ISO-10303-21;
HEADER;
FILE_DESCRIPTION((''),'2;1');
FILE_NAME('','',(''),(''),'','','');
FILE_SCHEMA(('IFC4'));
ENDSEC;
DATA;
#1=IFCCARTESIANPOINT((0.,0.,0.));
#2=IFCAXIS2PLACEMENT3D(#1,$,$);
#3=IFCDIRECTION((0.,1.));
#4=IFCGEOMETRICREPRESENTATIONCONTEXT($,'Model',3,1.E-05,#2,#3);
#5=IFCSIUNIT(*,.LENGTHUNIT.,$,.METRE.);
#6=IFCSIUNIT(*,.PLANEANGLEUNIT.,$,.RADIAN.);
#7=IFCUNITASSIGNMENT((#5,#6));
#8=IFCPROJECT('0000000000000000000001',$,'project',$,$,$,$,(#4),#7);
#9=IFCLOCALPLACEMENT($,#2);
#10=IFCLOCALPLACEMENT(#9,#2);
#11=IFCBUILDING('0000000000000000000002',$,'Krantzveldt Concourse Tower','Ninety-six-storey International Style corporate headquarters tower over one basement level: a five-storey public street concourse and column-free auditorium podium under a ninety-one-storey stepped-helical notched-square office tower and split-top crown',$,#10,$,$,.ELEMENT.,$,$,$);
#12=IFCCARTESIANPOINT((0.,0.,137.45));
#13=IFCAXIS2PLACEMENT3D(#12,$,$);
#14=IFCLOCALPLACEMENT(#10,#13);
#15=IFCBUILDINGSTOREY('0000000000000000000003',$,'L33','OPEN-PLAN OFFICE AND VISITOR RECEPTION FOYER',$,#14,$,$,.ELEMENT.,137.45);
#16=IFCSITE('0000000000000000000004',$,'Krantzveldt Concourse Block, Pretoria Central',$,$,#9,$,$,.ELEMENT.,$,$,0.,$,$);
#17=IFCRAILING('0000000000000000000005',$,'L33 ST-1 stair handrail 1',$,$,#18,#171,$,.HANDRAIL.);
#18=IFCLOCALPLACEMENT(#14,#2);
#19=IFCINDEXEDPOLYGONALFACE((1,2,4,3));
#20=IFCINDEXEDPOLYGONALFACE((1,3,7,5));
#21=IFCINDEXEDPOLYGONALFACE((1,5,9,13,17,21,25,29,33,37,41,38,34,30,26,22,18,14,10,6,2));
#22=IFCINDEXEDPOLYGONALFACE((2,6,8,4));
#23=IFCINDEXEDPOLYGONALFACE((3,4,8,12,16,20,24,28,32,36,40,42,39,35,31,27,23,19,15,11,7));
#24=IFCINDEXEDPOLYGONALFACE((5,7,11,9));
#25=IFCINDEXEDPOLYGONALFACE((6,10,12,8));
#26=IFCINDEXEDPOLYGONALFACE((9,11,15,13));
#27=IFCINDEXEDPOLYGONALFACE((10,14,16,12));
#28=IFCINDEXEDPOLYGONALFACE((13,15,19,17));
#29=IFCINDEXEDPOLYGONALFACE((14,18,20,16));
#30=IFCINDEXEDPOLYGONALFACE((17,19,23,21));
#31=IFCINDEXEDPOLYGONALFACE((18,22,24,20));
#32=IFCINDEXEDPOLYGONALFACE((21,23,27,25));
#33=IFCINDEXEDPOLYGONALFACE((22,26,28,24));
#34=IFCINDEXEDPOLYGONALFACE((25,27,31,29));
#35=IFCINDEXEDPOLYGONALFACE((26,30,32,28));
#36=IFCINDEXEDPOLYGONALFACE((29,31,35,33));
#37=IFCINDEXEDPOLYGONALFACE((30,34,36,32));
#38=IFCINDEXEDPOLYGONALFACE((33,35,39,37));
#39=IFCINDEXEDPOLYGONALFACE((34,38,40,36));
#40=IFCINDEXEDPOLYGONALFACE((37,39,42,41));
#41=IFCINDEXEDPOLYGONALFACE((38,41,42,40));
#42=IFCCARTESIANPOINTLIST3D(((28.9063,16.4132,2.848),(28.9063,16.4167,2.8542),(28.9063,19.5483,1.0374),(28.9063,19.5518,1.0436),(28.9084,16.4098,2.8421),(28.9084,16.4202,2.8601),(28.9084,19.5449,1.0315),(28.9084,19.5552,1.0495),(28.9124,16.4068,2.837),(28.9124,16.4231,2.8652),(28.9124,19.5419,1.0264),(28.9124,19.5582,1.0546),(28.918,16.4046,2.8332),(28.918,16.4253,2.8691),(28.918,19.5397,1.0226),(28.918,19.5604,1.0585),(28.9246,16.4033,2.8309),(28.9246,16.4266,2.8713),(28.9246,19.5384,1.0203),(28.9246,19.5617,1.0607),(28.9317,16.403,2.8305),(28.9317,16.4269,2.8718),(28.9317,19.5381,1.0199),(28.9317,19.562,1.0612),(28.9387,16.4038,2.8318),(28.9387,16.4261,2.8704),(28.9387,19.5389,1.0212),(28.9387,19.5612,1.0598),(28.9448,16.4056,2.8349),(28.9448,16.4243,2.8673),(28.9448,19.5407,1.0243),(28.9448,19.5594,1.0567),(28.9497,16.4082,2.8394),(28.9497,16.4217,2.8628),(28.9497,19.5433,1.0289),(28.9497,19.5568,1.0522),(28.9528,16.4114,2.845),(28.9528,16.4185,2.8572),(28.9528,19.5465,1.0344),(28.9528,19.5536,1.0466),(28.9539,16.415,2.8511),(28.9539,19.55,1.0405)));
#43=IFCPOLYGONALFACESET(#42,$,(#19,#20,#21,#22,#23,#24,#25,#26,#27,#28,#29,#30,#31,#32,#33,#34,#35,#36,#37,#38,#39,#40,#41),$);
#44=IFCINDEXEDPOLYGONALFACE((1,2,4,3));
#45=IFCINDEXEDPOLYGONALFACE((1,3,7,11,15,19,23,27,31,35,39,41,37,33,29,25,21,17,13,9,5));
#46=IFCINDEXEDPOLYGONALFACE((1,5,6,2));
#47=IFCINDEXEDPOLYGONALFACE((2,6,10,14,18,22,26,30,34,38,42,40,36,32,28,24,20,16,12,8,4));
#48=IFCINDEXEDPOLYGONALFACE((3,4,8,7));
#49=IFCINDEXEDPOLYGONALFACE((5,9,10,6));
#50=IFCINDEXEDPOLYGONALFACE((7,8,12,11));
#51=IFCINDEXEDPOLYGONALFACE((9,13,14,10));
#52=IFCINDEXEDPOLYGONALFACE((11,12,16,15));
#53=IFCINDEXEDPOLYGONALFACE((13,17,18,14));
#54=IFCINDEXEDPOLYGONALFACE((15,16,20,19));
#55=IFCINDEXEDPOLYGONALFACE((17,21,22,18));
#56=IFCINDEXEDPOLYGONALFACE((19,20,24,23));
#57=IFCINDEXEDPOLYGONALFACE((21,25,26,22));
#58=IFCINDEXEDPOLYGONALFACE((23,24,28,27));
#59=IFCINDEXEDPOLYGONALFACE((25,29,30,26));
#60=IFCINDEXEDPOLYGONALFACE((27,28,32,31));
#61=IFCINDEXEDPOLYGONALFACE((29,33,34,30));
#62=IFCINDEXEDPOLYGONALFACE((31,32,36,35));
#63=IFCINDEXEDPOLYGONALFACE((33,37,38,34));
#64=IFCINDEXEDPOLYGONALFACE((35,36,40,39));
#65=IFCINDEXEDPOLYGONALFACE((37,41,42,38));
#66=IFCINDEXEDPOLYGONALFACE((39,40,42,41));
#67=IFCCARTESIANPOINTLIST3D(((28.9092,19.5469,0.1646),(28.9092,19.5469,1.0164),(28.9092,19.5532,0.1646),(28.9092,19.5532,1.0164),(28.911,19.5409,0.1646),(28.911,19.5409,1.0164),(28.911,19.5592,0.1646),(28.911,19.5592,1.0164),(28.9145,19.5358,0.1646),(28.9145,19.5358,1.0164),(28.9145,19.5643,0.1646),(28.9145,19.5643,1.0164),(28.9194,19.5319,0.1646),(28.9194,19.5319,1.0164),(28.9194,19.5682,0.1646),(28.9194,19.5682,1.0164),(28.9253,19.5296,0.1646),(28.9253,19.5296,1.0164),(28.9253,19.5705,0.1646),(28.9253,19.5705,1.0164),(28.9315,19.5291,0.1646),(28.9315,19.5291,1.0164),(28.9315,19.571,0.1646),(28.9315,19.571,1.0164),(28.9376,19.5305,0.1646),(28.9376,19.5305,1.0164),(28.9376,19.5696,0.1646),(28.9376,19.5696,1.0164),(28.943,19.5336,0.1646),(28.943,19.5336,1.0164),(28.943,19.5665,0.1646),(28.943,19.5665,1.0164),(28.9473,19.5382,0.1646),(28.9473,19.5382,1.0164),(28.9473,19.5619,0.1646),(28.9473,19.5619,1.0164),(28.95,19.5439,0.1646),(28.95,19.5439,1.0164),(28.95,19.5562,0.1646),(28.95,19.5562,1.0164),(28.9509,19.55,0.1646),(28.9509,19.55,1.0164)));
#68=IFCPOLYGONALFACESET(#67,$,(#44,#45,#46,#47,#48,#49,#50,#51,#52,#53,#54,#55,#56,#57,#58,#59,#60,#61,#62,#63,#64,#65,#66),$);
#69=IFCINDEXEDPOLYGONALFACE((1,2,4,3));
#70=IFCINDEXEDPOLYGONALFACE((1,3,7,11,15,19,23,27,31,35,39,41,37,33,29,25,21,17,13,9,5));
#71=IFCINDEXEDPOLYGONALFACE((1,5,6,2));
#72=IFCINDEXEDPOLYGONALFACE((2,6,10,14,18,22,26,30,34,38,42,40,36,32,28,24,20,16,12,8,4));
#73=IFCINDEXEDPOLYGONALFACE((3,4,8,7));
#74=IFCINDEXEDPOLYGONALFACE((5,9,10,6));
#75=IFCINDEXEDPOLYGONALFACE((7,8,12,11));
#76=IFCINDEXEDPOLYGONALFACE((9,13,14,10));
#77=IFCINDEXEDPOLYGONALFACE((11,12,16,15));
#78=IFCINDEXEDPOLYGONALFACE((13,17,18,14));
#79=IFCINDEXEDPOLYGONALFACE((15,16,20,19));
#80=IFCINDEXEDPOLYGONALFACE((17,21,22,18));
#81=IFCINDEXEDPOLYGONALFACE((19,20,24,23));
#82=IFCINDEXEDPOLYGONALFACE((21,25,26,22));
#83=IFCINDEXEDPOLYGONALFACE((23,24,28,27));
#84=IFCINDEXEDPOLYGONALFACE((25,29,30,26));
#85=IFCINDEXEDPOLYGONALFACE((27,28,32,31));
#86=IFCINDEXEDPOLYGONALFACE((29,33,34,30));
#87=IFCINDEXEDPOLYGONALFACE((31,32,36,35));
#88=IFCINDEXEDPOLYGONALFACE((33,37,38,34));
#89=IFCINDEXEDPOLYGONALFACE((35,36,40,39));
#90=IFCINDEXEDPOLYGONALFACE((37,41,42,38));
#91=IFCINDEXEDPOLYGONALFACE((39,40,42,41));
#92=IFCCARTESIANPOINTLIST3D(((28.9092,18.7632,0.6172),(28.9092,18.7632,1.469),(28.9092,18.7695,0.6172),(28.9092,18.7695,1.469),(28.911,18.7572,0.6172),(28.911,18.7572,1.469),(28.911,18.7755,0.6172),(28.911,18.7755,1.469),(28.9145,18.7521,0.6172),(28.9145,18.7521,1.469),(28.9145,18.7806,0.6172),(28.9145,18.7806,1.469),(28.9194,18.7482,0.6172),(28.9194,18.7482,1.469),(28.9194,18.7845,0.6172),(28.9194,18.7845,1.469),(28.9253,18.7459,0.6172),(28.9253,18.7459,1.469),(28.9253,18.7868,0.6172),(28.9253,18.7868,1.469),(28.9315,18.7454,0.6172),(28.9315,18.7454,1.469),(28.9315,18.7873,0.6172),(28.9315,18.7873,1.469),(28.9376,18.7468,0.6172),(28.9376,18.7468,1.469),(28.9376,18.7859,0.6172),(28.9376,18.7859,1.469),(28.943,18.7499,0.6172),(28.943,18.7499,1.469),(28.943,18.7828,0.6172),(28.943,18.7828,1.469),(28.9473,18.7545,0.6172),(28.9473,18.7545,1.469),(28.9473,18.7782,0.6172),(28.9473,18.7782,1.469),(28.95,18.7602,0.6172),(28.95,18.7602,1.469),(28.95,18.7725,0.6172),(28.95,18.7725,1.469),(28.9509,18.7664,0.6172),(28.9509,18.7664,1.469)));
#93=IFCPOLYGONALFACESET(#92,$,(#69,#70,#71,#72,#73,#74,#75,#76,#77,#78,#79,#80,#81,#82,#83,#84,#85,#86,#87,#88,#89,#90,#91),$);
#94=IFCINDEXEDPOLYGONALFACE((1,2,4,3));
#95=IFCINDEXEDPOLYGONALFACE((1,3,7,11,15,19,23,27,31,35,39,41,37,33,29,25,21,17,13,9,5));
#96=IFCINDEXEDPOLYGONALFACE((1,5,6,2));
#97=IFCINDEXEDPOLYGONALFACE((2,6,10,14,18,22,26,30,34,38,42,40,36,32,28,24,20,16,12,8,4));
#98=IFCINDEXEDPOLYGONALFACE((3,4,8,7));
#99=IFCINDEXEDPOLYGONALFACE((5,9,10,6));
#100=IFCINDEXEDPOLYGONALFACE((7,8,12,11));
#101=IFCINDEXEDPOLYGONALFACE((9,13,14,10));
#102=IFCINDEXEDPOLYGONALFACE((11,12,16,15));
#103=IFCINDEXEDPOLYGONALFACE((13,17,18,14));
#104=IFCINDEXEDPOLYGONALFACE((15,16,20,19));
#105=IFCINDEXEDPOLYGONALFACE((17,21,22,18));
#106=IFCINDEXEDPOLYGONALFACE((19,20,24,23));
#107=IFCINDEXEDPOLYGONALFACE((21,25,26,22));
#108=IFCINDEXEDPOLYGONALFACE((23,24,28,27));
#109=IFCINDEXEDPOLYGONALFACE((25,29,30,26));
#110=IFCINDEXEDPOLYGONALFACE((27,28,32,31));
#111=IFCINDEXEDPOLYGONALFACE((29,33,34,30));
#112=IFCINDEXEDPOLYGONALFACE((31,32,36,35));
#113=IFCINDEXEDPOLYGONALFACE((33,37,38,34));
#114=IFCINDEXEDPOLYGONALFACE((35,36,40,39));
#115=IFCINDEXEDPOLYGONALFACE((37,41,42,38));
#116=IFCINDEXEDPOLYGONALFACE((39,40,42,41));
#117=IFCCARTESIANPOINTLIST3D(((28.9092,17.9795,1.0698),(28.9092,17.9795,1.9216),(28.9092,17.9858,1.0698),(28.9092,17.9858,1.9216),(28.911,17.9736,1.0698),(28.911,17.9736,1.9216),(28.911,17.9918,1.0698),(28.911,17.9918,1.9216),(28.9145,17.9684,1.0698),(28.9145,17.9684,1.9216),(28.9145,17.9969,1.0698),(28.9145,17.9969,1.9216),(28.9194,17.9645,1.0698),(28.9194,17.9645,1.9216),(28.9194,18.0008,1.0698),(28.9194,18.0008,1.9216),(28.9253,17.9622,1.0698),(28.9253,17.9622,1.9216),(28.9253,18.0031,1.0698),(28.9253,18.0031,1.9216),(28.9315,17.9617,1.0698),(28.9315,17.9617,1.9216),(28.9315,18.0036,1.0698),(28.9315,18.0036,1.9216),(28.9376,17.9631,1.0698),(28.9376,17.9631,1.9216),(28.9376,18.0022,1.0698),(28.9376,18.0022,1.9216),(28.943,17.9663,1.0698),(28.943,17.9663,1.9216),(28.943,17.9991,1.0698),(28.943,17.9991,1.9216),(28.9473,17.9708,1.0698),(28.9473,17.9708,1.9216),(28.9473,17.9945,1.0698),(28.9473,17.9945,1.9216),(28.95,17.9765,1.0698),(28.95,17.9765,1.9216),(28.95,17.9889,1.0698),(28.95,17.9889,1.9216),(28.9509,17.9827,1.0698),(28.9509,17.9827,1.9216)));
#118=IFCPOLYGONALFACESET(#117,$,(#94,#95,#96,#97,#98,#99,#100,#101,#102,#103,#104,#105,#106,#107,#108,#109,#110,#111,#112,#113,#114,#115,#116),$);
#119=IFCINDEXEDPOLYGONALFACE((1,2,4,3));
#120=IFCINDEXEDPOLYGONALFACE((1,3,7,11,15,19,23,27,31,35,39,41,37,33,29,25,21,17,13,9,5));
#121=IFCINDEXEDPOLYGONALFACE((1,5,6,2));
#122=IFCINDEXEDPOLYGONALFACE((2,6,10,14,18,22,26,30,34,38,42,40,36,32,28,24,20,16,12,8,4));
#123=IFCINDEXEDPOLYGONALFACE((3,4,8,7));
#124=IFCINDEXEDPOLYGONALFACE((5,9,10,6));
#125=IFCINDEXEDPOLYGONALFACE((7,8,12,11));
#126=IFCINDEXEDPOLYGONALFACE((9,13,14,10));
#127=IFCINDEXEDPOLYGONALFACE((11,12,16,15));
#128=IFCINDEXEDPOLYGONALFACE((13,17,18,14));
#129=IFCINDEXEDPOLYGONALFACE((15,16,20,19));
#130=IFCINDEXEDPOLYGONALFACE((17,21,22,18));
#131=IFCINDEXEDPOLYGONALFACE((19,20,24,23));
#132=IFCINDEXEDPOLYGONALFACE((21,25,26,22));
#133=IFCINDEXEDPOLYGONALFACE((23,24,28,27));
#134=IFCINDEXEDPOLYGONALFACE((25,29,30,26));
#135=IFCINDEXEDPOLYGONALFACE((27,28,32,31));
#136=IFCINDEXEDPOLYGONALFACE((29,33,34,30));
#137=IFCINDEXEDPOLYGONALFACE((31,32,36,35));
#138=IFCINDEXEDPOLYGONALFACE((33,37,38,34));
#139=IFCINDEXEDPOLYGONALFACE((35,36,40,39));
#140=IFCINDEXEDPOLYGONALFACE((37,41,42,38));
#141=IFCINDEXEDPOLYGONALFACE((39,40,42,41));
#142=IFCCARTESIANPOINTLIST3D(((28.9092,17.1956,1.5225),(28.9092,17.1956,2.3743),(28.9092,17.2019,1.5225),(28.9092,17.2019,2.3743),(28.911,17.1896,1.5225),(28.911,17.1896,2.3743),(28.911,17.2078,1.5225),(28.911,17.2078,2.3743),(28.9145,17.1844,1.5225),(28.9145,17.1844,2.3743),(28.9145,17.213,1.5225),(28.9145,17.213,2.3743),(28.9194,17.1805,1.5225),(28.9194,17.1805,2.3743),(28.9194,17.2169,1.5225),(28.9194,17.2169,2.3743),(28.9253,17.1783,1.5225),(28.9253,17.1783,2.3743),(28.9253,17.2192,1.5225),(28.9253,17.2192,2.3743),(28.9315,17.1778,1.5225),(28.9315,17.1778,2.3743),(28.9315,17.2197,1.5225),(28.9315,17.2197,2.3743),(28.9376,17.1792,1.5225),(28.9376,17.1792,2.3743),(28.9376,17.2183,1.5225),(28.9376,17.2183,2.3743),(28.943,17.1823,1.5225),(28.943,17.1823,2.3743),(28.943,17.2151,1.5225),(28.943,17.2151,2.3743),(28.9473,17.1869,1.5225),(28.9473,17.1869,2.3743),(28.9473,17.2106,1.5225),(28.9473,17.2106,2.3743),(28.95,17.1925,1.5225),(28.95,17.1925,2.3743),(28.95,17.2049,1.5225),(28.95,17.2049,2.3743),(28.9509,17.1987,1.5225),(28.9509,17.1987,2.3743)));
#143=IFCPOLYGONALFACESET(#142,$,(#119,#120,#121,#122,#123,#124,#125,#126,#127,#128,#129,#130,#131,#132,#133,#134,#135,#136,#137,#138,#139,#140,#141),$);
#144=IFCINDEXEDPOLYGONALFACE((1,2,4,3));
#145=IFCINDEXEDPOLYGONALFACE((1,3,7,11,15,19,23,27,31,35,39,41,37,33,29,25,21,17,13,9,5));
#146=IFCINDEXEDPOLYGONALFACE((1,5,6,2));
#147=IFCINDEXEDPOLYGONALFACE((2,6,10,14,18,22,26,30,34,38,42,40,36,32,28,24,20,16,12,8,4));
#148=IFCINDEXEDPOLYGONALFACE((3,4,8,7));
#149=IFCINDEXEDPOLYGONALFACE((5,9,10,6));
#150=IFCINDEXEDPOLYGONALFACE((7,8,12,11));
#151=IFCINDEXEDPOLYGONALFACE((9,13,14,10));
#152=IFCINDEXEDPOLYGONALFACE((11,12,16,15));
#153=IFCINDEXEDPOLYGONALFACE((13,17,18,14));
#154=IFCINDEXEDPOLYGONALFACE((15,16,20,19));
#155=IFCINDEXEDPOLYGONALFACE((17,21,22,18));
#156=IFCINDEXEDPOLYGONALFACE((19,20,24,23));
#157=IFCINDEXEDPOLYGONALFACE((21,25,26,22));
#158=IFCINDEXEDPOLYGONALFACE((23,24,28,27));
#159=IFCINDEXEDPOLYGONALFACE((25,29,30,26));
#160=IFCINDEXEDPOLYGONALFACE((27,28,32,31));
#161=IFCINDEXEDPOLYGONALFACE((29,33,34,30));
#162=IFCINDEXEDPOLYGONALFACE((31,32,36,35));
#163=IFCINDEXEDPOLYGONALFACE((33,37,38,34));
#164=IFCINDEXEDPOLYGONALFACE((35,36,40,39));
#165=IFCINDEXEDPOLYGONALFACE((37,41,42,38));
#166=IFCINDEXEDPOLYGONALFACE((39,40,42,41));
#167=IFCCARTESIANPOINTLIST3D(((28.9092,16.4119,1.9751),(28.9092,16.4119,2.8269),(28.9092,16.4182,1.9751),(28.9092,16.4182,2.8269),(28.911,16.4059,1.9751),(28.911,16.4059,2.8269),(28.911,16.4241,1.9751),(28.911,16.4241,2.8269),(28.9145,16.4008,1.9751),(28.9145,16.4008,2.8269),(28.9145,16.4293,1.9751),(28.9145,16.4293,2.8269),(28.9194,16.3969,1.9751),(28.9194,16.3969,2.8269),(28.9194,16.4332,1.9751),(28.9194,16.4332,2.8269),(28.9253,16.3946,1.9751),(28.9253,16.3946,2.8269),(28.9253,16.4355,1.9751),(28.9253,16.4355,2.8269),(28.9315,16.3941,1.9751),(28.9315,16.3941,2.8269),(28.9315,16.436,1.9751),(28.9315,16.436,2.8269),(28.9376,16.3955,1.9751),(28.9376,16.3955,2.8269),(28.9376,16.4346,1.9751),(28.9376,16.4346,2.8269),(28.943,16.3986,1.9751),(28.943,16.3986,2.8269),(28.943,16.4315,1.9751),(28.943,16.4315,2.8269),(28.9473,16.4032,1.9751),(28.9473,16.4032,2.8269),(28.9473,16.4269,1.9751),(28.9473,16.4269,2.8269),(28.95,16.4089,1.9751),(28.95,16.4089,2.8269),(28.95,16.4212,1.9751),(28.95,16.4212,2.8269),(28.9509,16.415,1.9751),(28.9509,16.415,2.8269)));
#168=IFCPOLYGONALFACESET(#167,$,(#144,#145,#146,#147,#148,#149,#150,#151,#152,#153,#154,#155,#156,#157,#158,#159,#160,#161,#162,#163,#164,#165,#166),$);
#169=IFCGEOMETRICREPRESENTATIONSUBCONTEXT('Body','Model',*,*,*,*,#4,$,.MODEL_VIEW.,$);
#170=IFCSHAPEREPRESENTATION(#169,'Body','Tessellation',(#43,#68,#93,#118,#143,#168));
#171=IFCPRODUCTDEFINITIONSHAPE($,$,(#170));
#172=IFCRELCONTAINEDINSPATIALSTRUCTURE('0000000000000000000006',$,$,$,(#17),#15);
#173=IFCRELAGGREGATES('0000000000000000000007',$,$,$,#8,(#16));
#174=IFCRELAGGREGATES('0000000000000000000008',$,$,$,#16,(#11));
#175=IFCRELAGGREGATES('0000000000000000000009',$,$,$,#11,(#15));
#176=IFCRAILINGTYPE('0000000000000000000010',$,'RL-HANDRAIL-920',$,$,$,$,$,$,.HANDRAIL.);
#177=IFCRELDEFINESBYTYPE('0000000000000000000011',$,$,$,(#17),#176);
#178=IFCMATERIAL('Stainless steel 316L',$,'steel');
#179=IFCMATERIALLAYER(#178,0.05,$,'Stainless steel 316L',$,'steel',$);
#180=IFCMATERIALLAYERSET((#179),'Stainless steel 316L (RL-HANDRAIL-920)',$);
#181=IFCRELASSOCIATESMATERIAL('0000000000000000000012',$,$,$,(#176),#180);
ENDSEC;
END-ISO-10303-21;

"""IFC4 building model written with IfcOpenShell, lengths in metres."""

from ifc_helpers import new_model, si_unit, direction, frame, origin, origin_2d, place, context, subcontext, project, spatial, circle, extrude, material, layer, layer_set, type_object, element, save


model = new_model("IFC4")

# Units and contexts
model_context = context("Model", 3, precision=1e-05, world=origin(), true_north=direction((0.0, 1.0)))
body_context = subcontext(model_context, "Body", "Model", "MODEL_VIEW")
ifc_project = project(units=[si_unit("LENGTHUNIT", "METRE"), si_unit("PLANEANGLEUNIT", "RADIAN")], contexts=[model_context])

# Site, building, storey
site_placement = place(None, origin())
site = spatial("IfcSite", under=ifc_project, at=site_placement, Name="Krantzveldt Concourse Block, Pretoria Central", CompositionType="ELEMENT", RefElevation=0.0)
building_placement = place(site_placement, origin())
building = spatial("IfcBuilding", under=site, at=building_placement, Name="Krantzveldt Concourse Tower", Description="Ninety-six-storey International Style corporate headquarters tower over one basement level: a five-storey public street concourse and column-free auditorium podium under a ninety-one-storey stepped-helical notched-square office tower and split-top crown", CompositionType="ELEMENT")
storey_placement = place(building_placement, frame((0.0, 0.0, 137.45)))
storey = spatial("IfcBuildingStorey", under=building, at=storey_placement, Name="L33", Description="OPEN-PLAN OFFICE AND VISITOR RECEPTION FOYER", CompositionType="ELEMENT", Elevation=137.45)

# Shared definitions
ifc_material_1 = material(Name="Stainless steel 316L", Category="steel")

# Railing
ifc_layer_1 = layer(ifc_material_1, 0.05, Name="Stainless steel 316L", Category="steel")
ifc_layer_set_1 = layer_set([ifc_layer_1], Name="Stainless steel 316L (RL-HANDRAIL-920)")
railing_type_1 = type_object("IfcRailingType", Name="RL-HANDRAIL-920", PredefinedType="HANDRAIL", material=ifc_layer_set_1)
railing_1_placement = place(storey_placement, frame((28.9299, 19.55, 0.1646)))
element("IfcRailing", 1, at=railing_1_placement, inside=storey, type_object=railing_type_1, Name="L33 ST-1 stair handrail 1", PredefinedType="HANDRAIL", context=body_context, shape_type="SweptSolid", body=[
    extrude(circle(Radius=0.0239, at=origin_2d()), frame((0.0, 0.0, 0.876), z_axis=(0.0, -0.86596, 0.500114), x_axis=(1.0, 0.0, 0.0)), (0.0, 0.0, 1.0), 3.6204),
    extrude(circle(Radius=0.021, at=origin_2d()), origin(), (0.0, 0.0, 1.0), 0.8518),
    extrude(circle(Radius=0.021, at=origin_2d()), frame((0.0, -0.7837, 0.4526)), (0.0, 0.0, 1.0), 0.8518),
    extrude(circle(Radius=0.021, at=origin_2d()), frame((0.0, -1.5674, 0.9053)), (0.0, 0.0, 1.0), 0.8518),
    extrude(circle(Radius=0.021, at=origin_2d()), frame((0.0, -2.3513, 1.3579)), (0.0, 0.0, 1.0), 0.8518),
    extrude(circle(Radius=0.021, at=origin_2d()), frame((0.0, -3.135, 1.8105)), (0.0, 0.0, 1.0), 0.8518),
])

save(model, "model.ifc")
